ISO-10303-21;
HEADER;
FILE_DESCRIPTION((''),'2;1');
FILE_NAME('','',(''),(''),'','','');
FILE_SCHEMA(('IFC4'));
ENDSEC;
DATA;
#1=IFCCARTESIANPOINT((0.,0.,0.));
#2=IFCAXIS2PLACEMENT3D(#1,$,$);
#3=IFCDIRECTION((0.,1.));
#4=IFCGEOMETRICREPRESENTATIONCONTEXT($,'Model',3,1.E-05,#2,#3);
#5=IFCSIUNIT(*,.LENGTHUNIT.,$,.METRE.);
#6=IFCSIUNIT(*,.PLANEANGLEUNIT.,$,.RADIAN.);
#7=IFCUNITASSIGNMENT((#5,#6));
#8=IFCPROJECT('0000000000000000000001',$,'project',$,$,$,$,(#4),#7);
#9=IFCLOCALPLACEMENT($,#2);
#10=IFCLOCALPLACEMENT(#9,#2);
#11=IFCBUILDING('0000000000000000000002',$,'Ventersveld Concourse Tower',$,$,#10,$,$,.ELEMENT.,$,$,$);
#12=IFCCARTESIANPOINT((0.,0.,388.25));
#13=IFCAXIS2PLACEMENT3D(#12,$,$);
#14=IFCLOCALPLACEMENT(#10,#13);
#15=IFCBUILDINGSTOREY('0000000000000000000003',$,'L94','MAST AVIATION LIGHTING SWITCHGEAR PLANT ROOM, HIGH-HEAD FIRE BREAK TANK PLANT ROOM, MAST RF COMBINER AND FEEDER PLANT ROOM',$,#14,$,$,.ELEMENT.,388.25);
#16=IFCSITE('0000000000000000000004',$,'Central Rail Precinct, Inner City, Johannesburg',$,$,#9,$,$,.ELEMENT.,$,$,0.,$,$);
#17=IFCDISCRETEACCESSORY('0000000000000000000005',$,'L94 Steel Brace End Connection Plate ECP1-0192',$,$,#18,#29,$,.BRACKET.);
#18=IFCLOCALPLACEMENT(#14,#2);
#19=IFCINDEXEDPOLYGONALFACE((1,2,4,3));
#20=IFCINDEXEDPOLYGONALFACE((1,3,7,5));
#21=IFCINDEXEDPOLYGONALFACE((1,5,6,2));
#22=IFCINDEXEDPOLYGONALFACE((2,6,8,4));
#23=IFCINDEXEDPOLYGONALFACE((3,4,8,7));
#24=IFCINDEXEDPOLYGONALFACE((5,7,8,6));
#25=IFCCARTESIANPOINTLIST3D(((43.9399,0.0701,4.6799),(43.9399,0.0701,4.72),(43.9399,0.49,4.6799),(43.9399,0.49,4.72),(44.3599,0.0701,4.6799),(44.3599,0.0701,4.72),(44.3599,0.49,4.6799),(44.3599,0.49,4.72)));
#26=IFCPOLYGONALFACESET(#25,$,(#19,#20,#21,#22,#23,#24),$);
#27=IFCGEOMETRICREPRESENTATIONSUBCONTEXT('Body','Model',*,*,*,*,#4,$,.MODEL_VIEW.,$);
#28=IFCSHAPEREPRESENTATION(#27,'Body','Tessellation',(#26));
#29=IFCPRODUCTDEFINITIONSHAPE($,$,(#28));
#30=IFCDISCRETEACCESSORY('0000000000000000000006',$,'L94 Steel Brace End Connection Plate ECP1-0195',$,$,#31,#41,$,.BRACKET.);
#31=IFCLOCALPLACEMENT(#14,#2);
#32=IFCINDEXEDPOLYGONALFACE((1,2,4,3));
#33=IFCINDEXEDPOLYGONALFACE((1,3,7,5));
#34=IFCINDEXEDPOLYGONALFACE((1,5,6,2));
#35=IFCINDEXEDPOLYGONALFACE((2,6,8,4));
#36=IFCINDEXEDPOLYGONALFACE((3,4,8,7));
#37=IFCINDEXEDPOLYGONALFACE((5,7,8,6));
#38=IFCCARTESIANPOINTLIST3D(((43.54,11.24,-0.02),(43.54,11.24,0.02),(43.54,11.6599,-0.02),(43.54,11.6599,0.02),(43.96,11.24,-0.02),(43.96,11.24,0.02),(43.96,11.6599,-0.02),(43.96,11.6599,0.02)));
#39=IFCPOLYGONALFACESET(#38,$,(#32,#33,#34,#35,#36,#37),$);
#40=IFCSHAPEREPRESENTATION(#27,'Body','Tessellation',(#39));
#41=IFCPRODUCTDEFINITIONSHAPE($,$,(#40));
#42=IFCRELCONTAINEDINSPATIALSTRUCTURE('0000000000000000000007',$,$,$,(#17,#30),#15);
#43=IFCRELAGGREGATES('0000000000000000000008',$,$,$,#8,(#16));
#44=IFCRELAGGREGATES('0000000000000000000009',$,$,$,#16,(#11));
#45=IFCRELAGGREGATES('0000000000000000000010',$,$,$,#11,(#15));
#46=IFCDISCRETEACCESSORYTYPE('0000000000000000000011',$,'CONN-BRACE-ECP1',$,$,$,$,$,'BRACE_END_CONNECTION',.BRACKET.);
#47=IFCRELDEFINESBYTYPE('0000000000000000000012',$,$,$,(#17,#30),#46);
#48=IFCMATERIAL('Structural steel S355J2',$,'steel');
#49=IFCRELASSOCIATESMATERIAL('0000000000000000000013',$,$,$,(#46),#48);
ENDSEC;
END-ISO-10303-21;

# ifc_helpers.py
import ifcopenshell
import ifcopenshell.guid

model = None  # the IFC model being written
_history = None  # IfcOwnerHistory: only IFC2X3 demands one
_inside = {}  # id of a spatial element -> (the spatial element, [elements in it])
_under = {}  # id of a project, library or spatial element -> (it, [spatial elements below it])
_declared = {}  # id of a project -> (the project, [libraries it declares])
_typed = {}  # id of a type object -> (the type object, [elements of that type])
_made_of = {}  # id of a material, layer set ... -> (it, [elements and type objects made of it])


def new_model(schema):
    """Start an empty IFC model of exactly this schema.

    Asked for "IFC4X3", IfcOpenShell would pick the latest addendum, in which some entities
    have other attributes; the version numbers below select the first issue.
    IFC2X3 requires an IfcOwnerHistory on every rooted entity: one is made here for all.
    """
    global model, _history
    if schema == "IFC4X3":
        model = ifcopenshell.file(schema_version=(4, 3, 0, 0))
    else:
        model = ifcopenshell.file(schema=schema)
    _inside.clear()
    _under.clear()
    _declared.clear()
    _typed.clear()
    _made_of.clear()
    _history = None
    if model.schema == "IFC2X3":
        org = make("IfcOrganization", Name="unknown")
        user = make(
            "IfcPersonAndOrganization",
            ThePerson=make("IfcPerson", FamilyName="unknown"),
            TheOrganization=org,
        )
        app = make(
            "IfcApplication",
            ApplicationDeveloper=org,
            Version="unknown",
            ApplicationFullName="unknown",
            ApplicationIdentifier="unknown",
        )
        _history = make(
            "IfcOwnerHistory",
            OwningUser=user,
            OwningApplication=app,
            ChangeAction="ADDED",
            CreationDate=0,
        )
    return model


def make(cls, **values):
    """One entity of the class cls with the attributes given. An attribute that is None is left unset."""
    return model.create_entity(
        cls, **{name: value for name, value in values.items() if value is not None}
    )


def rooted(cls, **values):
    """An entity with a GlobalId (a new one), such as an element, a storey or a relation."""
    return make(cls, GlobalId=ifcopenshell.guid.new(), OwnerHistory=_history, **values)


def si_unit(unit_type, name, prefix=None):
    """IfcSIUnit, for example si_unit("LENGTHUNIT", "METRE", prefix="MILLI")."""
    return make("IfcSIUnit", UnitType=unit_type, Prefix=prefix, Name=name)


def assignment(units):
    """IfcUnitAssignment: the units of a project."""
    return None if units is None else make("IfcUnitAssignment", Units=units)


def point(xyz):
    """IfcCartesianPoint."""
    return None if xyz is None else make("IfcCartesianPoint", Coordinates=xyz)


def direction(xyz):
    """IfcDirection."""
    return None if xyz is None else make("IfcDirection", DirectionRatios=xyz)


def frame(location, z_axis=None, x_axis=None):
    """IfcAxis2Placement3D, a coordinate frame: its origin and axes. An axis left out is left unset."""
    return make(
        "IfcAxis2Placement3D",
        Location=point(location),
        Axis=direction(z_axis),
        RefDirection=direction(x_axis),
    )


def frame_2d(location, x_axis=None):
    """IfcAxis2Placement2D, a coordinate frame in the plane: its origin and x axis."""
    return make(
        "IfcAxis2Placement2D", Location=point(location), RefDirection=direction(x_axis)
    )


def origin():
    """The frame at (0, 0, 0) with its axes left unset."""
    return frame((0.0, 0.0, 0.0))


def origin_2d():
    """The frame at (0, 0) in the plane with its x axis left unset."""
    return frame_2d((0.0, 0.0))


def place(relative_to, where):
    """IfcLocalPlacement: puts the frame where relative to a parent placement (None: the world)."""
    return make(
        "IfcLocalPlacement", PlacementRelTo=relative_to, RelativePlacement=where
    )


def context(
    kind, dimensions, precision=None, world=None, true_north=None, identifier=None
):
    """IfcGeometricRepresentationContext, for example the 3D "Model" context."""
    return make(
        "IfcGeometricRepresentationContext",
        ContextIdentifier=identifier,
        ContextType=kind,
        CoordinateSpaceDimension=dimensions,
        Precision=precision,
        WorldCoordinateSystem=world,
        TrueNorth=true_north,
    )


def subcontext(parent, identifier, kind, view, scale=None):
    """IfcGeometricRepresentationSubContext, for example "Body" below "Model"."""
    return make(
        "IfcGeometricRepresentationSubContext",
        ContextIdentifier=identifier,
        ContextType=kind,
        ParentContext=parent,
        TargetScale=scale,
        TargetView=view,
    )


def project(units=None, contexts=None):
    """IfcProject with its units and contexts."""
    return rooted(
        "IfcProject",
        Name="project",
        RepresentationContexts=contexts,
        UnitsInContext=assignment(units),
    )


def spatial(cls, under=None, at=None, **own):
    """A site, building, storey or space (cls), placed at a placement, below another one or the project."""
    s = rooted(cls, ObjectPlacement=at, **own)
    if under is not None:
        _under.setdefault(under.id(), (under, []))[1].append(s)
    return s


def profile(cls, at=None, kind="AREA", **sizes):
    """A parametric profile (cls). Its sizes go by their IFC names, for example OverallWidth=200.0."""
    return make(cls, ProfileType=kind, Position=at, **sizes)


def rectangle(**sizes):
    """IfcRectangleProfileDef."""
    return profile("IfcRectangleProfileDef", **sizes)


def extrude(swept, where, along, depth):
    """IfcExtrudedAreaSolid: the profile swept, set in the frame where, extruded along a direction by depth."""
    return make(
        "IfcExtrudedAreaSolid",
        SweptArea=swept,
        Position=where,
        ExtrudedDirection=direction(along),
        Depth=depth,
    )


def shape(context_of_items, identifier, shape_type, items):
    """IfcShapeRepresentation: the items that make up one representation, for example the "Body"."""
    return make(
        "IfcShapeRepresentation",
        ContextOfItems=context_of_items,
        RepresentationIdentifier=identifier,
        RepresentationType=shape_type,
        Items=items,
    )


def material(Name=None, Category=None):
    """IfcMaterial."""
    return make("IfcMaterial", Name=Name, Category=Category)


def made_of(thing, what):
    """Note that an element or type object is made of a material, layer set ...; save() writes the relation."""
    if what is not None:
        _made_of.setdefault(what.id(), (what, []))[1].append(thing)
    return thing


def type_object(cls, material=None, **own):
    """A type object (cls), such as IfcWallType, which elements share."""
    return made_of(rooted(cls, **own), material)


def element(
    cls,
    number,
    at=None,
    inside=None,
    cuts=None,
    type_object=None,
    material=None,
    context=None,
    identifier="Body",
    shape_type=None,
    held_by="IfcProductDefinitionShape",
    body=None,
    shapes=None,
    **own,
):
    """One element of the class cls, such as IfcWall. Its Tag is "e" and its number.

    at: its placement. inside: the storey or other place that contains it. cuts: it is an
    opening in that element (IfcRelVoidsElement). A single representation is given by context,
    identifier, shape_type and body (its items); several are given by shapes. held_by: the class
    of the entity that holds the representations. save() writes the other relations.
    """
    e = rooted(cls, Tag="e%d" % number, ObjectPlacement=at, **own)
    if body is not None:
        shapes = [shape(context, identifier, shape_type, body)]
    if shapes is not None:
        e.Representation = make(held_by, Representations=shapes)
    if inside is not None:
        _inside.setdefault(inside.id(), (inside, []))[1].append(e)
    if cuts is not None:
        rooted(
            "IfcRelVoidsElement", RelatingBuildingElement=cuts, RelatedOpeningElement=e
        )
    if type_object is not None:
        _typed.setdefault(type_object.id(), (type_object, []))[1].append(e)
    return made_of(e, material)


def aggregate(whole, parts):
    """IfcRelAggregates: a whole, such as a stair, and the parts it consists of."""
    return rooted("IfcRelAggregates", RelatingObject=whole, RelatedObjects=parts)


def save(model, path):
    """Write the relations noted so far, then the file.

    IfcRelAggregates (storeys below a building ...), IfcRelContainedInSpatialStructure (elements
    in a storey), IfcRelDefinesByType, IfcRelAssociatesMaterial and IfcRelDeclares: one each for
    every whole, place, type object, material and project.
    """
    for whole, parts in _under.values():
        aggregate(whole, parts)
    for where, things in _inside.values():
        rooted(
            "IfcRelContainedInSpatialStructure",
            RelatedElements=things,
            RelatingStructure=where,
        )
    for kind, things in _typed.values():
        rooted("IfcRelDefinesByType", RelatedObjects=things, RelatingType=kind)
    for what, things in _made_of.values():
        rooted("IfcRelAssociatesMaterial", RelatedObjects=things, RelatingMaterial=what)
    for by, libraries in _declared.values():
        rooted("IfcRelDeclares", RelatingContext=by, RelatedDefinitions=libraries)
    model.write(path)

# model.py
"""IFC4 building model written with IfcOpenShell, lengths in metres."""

from ifc_helpers import new_model, si_unit, direction, frame, origin, origin_2d, place, context, subcontext, project, spatial, rectangle, extrude, material, type_object, element, save


model = new_model("IFC4")

# Units and contexts
model_context = context("Model", 3, precision=1e-05, world=origin(), true_north=direction((0.0, 1.0)))
body_context = subcontext(model_context, "Body", "Model", "MODEL_VIEW")
ifc_project = project(units=[si_unit("LENGTHUNIT", "METRE"), si_unit("PLANEANGLEUNIT", "RADIAN")], contexts=[model_context])

# Site, building, storey
site_placement = place(None, origin())
site = spatial("IfcSite", under=ifc_project, at=site_placement, Name="Central Rail Precinct, Inner City, Johannesburg", CompositionType="ELEMENT", RefElevation=0.0)
building_placement = place(site_placement, origin())
building = spatial("IfcBuilding", under=site, at=building_placement, Name="Ventersveld Concourse Tower", CompositionType="ELEMENT")
storey_placement = place(building_placement, frame((0.0, 0.0, 388.25)))
storey = spatial("IfcBuildingStorey", under=building, at=storey_placement, Name="L94", Description="MAST AVIATION LIGHTING SWITCHGEAR PLANT ROOM, HIGH-HEAD FIRE BREAK TANK PLANT ROOM, MAST RF COMBINER AND FEEDER PLANT ROOM", CompositionType="ELEMENT", Elevation=388.25)

# Shared definitions
ifc_material_1 = material(Name="Structural steel S355J2", Category="steel")

# Discrete accessories
discrete_accessory_type_1 = type_object("IfcDiscreteAccessoryType", Name="CONN-BRACE-ECP1", ElementType="BRACE_END_CONNECTION", PredefinedType="BRACKET", material=ifc_material_1)
for number, where, z_axis, x_axis, name in (
    (1, (44.1499, 0.28, 4.6799), (0.0, 0.0, 1.0), (1.0, 0.0, 0.0), "L94 Steel Brace End Connection Plate ECP1-0192"),
    (2, (43.75, 11.45, -0.02), (0.0, 0.0, 1.0), (1.0, 0.0, 0.0), "L94 Steel Brace End Connection Plate ECP1-0195"),
):
    element("IfcDiscreteAccessory", number, at=place(storey_placement, frame(where, z_axis=z_axis, x_axis=x_axis)), inside=storey, type_object=discrete_accessory_type_1, Name=name, PredefinedType="BRACKET", context=body_context, shape_type="SweptSolid", body=[
        extrude(rectangle(XDim=0.4199, YDim=0.4199, at=origin_2d()), origin(), (0.0, 0.0, 1.0), 0.04),
    ])

save(model, "model.ifc")
